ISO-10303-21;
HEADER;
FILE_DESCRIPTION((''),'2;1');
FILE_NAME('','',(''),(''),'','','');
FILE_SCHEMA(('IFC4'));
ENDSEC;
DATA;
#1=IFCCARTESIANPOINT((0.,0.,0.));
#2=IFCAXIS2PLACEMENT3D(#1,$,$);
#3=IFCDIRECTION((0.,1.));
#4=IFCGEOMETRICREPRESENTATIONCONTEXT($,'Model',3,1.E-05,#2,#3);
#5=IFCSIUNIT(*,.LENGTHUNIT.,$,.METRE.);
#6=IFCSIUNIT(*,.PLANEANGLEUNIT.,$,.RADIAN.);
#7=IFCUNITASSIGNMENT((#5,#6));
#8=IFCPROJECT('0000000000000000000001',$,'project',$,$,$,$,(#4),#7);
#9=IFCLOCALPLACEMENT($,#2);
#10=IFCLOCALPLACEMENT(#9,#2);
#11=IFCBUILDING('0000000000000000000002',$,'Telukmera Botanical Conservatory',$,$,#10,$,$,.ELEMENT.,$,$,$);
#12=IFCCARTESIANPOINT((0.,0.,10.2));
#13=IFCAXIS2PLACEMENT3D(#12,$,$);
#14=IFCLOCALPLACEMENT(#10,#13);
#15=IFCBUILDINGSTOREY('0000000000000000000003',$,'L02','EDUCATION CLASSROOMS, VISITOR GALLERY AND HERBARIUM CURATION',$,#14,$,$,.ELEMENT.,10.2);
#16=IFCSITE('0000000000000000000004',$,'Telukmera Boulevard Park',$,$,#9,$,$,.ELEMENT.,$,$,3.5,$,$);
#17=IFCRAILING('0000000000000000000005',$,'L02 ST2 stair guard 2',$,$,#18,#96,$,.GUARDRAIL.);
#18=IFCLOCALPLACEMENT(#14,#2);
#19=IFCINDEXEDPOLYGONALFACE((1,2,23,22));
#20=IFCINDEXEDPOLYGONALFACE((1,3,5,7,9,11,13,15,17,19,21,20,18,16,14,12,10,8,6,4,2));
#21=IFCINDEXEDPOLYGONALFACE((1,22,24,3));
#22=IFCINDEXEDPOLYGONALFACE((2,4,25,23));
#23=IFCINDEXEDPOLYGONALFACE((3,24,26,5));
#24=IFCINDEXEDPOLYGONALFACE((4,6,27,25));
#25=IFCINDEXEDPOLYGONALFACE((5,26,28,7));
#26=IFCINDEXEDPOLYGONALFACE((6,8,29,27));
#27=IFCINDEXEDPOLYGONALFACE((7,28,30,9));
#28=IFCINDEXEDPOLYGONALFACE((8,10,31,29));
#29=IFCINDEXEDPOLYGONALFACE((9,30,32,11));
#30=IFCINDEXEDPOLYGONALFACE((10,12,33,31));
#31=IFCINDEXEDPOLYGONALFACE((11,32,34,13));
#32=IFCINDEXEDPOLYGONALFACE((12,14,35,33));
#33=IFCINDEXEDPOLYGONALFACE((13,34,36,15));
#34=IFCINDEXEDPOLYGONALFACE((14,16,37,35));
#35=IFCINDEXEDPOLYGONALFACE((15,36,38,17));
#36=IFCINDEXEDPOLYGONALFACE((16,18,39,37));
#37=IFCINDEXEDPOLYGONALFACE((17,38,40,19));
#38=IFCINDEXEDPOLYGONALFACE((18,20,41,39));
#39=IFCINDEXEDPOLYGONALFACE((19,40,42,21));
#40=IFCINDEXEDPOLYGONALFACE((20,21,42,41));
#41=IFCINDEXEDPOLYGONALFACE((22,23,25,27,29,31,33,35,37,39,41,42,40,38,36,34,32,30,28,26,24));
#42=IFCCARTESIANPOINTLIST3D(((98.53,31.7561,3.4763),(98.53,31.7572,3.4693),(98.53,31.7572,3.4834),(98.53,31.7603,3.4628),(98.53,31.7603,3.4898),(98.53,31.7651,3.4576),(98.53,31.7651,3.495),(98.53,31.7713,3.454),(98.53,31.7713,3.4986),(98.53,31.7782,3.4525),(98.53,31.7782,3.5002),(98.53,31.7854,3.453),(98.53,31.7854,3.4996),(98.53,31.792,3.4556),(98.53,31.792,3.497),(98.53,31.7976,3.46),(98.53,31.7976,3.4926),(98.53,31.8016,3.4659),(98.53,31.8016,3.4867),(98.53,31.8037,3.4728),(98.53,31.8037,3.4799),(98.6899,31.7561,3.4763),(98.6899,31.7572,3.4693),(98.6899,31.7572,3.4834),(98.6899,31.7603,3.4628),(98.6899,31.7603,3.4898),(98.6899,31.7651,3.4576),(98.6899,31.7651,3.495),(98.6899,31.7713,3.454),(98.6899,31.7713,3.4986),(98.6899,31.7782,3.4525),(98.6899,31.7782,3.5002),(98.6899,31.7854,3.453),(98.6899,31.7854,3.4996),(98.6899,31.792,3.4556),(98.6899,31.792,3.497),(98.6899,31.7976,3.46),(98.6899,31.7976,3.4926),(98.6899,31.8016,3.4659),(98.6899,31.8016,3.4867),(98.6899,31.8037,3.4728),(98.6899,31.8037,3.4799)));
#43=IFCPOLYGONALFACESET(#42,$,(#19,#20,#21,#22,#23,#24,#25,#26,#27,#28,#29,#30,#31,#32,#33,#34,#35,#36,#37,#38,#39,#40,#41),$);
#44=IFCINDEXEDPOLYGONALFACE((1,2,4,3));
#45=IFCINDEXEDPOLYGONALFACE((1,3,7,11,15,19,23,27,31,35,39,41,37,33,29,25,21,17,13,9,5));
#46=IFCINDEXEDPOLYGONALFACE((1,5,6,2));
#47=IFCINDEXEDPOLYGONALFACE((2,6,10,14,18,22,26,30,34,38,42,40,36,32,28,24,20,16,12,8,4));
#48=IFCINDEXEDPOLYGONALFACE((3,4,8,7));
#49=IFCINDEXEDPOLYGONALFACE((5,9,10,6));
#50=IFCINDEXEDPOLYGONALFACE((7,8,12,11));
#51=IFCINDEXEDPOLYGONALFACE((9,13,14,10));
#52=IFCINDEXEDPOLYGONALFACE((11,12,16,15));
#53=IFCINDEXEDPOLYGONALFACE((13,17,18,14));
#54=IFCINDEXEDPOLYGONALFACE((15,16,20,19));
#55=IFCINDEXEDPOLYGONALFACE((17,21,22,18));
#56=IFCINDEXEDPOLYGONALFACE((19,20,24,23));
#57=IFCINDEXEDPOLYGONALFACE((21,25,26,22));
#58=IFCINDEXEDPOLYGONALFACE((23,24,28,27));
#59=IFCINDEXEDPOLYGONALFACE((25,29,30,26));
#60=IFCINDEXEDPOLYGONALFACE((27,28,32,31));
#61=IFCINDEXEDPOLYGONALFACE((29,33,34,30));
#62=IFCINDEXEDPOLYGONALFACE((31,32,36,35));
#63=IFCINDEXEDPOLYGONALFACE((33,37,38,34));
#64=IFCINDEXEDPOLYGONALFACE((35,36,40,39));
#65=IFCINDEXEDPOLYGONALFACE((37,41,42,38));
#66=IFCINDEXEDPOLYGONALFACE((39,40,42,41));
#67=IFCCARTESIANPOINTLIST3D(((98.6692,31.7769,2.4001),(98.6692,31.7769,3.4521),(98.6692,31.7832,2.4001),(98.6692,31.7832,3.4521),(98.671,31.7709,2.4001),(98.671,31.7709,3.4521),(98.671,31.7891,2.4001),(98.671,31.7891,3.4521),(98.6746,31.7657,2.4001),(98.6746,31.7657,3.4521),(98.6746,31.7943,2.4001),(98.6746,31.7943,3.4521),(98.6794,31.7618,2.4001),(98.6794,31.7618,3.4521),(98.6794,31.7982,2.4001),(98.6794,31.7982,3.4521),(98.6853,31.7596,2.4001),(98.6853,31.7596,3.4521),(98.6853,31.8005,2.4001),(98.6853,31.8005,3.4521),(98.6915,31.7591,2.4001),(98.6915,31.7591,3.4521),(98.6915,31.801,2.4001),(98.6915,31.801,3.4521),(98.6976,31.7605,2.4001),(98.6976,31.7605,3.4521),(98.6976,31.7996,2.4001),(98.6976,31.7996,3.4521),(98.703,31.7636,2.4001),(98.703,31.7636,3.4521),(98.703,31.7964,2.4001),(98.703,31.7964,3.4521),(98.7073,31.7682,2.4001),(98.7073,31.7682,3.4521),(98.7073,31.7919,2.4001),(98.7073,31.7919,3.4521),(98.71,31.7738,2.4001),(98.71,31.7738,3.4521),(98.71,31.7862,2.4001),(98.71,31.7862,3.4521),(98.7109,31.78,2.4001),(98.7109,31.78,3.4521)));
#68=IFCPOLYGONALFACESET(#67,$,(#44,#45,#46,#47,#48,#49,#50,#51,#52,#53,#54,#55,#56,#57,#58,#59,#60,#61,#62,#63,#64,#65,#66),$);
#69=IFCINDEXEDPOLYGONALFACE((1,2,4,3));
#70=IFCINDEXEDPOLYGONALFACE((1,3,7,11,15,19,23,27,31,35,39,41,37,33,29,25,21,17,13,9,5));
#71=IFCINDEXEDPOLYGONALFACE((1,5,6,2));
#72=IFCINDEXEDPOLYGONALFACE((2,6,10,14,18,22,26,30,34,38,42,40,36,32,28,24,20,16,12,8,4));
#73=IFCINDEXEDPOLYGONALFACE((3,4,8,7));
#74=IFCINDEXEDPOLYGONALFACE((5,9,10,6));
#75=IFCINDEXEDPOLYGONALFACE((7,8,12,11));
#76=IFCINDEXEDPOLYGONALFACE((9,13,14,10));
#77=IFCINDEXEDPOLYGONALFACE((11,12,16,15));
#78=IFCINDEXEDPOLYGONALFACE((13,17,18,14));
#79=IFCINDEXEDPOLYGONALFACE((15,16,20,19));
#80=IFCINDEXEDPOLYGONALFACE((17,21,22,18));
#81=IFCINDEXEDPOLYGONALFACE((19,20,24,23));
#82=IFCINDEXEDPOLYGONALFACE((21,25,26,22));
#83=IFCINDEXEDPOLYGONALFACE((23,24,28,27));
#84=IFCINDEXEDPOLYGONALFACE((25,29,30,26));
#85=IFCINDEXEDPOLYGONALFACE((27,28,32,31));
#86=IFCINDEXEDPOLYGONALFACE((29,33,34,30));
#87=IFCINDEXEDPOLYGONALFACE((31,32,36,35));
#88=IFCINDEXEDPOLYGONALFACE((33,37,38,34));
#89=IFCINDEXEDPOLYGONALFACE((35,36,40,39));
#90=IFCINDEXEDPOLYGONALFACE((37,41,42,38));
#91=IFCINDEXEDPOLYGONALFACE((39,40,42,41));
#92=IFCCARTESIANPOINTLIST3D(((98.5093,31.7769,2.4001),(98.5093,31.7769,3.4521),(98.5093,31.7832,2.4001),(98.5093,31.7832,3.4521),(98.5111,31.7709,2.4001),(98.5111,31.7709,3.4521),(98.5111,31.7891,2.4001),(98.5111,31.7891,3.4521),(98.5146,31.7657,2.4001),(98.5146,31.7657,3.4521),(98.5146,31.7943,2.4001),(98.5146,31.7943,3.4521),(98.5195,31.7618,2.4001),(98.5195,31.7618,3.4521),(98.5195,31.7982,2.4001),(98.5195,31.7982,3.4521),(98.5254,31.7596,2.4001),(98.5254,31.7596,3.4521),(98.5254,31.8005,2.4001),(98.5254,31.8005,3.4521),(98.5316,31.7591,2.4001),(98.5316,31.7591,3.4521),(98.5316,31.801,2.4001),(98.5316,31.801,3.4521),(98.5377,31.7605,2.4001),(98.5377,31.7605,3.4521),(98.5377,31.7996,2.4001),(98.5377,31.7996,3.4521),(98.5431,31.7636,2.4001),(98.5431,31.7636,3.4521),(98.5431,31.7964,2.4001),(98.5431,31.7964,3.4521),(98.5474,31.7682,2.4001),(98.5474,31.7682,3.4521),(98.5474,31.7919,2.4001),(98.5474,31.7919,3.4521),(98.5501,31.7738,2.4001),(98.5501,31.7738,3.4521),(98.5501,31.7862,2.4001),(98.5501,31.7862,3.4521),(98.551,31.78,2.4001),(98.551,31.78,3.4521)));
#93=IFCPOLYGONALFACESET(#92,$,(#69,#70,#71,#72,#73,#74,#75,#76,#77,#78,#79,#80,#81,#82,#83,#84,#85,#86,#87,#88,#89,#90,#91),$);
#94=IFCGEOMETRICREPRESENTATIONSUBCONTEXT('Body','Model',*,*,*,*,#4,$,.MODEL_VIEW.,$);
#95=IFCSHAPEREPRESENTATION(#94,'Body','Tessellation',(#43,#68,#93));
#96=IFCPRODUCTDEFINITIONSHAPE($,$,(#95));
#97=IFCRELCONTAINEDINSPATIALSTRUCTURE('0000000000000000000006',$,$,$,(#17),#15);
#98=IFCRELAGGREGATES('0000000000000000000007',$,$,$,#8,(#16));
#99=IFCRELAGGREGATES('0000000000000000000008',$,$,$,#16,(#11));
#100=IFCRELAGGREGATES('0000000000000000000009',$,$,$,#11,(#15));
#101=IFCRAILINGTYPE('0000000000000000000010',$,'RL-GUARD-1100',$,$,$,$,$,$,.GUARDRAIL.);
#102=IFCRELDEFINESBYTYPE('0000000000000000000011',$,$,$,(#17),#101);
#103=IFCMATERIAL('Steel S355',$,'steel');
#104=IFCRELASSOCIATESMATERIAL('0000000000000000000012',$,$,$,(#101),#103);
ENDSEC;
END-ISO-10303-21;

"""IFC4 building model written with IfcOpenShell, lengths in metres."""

from ifc_helpers import new_model, si_unit, direction, frame, origin, origin_2d, place, context, subcontext, project, spatial, circle, extrude, material, type_object, element, save


model = new_model("IFC4")

# Units and contexts
model_context = context("Model", 3, precision=1e-05, world=origin(), true_north=direction((0.0, 1.0)))
body_context = subcontext(model_context, "Body", "Model", "MODEL_VIEW")
ifc_project = project(units=[si_unit("LENGTHUNIT", "METRE"), si_unit("PLANEANGLEUNIT", "RADIAN")], contexts=[model_context])

# Site, building, storey
site_placement = place(None, origin())
site = spatial("IfcSite", under=ifc_project, at=site_placement, Name="Telukmera Boulevard Park", CompositionType="ELEMENT", RefElevation=3.5)
building_placement = place(site_placement, origin())
building = spatial("IfcBuilding", under=site, at=building_placement, Name="Telukmera Botanical Conservatory", CompositionType="ELEMENT")
storey_placement = place(building_placement, frame((0.0, 0.0, 10.2)))
storey = spatial("IfcBuildingStorey", under=building, at=storey_placement, Name="L02", Description="EDUCATION CLASSROOMS, VISITOR GALLERY AND HERBARIUM CURATION", CompositionType="ELEMENT", Elevation=10.2)

# Railing
ifc_material_1 = material(Name="Steel S355", Category="steel")
railing_type_1 = type_object("IfcRailingType", Name="RL-GUARD-1100", PredefinedType="GUARDRAIL", material=ifc_material_1)
railing_1_placement = place(storey_placement, frame((98.6899, 31.78, 2.4001)))
element("IfcRailing", 1, at=railing_1_placement, inside=storey, type_object=railing_type_1, Name="L02 ST2 stair guard 2", PredefinedType="GUARDRAIL", context=body_context, shape_type="SweptSolid", body=[
    extrude(circle(Radius=0.0239, at=origin_2d()), frame((0.0, 0.0, 1.0762), z_axis=(-1.0, 0.0, 0.0), x_axis=(0.0, -1.0, 0.0)), (0.0, 0.0, 1.0), 0.1599),
    extrude(circle(Radius=0.021, at=origin_2d()), origin(), (0.0, 0.0, 1.0), 1.052),
    extrude(circle(Radius=0.021, at=origin_2d()), frame((-0.1599, 0.0, 0.0)), (0.0, 0.0, 1.0), 1.052),
])

save(model, "model.ifc")
